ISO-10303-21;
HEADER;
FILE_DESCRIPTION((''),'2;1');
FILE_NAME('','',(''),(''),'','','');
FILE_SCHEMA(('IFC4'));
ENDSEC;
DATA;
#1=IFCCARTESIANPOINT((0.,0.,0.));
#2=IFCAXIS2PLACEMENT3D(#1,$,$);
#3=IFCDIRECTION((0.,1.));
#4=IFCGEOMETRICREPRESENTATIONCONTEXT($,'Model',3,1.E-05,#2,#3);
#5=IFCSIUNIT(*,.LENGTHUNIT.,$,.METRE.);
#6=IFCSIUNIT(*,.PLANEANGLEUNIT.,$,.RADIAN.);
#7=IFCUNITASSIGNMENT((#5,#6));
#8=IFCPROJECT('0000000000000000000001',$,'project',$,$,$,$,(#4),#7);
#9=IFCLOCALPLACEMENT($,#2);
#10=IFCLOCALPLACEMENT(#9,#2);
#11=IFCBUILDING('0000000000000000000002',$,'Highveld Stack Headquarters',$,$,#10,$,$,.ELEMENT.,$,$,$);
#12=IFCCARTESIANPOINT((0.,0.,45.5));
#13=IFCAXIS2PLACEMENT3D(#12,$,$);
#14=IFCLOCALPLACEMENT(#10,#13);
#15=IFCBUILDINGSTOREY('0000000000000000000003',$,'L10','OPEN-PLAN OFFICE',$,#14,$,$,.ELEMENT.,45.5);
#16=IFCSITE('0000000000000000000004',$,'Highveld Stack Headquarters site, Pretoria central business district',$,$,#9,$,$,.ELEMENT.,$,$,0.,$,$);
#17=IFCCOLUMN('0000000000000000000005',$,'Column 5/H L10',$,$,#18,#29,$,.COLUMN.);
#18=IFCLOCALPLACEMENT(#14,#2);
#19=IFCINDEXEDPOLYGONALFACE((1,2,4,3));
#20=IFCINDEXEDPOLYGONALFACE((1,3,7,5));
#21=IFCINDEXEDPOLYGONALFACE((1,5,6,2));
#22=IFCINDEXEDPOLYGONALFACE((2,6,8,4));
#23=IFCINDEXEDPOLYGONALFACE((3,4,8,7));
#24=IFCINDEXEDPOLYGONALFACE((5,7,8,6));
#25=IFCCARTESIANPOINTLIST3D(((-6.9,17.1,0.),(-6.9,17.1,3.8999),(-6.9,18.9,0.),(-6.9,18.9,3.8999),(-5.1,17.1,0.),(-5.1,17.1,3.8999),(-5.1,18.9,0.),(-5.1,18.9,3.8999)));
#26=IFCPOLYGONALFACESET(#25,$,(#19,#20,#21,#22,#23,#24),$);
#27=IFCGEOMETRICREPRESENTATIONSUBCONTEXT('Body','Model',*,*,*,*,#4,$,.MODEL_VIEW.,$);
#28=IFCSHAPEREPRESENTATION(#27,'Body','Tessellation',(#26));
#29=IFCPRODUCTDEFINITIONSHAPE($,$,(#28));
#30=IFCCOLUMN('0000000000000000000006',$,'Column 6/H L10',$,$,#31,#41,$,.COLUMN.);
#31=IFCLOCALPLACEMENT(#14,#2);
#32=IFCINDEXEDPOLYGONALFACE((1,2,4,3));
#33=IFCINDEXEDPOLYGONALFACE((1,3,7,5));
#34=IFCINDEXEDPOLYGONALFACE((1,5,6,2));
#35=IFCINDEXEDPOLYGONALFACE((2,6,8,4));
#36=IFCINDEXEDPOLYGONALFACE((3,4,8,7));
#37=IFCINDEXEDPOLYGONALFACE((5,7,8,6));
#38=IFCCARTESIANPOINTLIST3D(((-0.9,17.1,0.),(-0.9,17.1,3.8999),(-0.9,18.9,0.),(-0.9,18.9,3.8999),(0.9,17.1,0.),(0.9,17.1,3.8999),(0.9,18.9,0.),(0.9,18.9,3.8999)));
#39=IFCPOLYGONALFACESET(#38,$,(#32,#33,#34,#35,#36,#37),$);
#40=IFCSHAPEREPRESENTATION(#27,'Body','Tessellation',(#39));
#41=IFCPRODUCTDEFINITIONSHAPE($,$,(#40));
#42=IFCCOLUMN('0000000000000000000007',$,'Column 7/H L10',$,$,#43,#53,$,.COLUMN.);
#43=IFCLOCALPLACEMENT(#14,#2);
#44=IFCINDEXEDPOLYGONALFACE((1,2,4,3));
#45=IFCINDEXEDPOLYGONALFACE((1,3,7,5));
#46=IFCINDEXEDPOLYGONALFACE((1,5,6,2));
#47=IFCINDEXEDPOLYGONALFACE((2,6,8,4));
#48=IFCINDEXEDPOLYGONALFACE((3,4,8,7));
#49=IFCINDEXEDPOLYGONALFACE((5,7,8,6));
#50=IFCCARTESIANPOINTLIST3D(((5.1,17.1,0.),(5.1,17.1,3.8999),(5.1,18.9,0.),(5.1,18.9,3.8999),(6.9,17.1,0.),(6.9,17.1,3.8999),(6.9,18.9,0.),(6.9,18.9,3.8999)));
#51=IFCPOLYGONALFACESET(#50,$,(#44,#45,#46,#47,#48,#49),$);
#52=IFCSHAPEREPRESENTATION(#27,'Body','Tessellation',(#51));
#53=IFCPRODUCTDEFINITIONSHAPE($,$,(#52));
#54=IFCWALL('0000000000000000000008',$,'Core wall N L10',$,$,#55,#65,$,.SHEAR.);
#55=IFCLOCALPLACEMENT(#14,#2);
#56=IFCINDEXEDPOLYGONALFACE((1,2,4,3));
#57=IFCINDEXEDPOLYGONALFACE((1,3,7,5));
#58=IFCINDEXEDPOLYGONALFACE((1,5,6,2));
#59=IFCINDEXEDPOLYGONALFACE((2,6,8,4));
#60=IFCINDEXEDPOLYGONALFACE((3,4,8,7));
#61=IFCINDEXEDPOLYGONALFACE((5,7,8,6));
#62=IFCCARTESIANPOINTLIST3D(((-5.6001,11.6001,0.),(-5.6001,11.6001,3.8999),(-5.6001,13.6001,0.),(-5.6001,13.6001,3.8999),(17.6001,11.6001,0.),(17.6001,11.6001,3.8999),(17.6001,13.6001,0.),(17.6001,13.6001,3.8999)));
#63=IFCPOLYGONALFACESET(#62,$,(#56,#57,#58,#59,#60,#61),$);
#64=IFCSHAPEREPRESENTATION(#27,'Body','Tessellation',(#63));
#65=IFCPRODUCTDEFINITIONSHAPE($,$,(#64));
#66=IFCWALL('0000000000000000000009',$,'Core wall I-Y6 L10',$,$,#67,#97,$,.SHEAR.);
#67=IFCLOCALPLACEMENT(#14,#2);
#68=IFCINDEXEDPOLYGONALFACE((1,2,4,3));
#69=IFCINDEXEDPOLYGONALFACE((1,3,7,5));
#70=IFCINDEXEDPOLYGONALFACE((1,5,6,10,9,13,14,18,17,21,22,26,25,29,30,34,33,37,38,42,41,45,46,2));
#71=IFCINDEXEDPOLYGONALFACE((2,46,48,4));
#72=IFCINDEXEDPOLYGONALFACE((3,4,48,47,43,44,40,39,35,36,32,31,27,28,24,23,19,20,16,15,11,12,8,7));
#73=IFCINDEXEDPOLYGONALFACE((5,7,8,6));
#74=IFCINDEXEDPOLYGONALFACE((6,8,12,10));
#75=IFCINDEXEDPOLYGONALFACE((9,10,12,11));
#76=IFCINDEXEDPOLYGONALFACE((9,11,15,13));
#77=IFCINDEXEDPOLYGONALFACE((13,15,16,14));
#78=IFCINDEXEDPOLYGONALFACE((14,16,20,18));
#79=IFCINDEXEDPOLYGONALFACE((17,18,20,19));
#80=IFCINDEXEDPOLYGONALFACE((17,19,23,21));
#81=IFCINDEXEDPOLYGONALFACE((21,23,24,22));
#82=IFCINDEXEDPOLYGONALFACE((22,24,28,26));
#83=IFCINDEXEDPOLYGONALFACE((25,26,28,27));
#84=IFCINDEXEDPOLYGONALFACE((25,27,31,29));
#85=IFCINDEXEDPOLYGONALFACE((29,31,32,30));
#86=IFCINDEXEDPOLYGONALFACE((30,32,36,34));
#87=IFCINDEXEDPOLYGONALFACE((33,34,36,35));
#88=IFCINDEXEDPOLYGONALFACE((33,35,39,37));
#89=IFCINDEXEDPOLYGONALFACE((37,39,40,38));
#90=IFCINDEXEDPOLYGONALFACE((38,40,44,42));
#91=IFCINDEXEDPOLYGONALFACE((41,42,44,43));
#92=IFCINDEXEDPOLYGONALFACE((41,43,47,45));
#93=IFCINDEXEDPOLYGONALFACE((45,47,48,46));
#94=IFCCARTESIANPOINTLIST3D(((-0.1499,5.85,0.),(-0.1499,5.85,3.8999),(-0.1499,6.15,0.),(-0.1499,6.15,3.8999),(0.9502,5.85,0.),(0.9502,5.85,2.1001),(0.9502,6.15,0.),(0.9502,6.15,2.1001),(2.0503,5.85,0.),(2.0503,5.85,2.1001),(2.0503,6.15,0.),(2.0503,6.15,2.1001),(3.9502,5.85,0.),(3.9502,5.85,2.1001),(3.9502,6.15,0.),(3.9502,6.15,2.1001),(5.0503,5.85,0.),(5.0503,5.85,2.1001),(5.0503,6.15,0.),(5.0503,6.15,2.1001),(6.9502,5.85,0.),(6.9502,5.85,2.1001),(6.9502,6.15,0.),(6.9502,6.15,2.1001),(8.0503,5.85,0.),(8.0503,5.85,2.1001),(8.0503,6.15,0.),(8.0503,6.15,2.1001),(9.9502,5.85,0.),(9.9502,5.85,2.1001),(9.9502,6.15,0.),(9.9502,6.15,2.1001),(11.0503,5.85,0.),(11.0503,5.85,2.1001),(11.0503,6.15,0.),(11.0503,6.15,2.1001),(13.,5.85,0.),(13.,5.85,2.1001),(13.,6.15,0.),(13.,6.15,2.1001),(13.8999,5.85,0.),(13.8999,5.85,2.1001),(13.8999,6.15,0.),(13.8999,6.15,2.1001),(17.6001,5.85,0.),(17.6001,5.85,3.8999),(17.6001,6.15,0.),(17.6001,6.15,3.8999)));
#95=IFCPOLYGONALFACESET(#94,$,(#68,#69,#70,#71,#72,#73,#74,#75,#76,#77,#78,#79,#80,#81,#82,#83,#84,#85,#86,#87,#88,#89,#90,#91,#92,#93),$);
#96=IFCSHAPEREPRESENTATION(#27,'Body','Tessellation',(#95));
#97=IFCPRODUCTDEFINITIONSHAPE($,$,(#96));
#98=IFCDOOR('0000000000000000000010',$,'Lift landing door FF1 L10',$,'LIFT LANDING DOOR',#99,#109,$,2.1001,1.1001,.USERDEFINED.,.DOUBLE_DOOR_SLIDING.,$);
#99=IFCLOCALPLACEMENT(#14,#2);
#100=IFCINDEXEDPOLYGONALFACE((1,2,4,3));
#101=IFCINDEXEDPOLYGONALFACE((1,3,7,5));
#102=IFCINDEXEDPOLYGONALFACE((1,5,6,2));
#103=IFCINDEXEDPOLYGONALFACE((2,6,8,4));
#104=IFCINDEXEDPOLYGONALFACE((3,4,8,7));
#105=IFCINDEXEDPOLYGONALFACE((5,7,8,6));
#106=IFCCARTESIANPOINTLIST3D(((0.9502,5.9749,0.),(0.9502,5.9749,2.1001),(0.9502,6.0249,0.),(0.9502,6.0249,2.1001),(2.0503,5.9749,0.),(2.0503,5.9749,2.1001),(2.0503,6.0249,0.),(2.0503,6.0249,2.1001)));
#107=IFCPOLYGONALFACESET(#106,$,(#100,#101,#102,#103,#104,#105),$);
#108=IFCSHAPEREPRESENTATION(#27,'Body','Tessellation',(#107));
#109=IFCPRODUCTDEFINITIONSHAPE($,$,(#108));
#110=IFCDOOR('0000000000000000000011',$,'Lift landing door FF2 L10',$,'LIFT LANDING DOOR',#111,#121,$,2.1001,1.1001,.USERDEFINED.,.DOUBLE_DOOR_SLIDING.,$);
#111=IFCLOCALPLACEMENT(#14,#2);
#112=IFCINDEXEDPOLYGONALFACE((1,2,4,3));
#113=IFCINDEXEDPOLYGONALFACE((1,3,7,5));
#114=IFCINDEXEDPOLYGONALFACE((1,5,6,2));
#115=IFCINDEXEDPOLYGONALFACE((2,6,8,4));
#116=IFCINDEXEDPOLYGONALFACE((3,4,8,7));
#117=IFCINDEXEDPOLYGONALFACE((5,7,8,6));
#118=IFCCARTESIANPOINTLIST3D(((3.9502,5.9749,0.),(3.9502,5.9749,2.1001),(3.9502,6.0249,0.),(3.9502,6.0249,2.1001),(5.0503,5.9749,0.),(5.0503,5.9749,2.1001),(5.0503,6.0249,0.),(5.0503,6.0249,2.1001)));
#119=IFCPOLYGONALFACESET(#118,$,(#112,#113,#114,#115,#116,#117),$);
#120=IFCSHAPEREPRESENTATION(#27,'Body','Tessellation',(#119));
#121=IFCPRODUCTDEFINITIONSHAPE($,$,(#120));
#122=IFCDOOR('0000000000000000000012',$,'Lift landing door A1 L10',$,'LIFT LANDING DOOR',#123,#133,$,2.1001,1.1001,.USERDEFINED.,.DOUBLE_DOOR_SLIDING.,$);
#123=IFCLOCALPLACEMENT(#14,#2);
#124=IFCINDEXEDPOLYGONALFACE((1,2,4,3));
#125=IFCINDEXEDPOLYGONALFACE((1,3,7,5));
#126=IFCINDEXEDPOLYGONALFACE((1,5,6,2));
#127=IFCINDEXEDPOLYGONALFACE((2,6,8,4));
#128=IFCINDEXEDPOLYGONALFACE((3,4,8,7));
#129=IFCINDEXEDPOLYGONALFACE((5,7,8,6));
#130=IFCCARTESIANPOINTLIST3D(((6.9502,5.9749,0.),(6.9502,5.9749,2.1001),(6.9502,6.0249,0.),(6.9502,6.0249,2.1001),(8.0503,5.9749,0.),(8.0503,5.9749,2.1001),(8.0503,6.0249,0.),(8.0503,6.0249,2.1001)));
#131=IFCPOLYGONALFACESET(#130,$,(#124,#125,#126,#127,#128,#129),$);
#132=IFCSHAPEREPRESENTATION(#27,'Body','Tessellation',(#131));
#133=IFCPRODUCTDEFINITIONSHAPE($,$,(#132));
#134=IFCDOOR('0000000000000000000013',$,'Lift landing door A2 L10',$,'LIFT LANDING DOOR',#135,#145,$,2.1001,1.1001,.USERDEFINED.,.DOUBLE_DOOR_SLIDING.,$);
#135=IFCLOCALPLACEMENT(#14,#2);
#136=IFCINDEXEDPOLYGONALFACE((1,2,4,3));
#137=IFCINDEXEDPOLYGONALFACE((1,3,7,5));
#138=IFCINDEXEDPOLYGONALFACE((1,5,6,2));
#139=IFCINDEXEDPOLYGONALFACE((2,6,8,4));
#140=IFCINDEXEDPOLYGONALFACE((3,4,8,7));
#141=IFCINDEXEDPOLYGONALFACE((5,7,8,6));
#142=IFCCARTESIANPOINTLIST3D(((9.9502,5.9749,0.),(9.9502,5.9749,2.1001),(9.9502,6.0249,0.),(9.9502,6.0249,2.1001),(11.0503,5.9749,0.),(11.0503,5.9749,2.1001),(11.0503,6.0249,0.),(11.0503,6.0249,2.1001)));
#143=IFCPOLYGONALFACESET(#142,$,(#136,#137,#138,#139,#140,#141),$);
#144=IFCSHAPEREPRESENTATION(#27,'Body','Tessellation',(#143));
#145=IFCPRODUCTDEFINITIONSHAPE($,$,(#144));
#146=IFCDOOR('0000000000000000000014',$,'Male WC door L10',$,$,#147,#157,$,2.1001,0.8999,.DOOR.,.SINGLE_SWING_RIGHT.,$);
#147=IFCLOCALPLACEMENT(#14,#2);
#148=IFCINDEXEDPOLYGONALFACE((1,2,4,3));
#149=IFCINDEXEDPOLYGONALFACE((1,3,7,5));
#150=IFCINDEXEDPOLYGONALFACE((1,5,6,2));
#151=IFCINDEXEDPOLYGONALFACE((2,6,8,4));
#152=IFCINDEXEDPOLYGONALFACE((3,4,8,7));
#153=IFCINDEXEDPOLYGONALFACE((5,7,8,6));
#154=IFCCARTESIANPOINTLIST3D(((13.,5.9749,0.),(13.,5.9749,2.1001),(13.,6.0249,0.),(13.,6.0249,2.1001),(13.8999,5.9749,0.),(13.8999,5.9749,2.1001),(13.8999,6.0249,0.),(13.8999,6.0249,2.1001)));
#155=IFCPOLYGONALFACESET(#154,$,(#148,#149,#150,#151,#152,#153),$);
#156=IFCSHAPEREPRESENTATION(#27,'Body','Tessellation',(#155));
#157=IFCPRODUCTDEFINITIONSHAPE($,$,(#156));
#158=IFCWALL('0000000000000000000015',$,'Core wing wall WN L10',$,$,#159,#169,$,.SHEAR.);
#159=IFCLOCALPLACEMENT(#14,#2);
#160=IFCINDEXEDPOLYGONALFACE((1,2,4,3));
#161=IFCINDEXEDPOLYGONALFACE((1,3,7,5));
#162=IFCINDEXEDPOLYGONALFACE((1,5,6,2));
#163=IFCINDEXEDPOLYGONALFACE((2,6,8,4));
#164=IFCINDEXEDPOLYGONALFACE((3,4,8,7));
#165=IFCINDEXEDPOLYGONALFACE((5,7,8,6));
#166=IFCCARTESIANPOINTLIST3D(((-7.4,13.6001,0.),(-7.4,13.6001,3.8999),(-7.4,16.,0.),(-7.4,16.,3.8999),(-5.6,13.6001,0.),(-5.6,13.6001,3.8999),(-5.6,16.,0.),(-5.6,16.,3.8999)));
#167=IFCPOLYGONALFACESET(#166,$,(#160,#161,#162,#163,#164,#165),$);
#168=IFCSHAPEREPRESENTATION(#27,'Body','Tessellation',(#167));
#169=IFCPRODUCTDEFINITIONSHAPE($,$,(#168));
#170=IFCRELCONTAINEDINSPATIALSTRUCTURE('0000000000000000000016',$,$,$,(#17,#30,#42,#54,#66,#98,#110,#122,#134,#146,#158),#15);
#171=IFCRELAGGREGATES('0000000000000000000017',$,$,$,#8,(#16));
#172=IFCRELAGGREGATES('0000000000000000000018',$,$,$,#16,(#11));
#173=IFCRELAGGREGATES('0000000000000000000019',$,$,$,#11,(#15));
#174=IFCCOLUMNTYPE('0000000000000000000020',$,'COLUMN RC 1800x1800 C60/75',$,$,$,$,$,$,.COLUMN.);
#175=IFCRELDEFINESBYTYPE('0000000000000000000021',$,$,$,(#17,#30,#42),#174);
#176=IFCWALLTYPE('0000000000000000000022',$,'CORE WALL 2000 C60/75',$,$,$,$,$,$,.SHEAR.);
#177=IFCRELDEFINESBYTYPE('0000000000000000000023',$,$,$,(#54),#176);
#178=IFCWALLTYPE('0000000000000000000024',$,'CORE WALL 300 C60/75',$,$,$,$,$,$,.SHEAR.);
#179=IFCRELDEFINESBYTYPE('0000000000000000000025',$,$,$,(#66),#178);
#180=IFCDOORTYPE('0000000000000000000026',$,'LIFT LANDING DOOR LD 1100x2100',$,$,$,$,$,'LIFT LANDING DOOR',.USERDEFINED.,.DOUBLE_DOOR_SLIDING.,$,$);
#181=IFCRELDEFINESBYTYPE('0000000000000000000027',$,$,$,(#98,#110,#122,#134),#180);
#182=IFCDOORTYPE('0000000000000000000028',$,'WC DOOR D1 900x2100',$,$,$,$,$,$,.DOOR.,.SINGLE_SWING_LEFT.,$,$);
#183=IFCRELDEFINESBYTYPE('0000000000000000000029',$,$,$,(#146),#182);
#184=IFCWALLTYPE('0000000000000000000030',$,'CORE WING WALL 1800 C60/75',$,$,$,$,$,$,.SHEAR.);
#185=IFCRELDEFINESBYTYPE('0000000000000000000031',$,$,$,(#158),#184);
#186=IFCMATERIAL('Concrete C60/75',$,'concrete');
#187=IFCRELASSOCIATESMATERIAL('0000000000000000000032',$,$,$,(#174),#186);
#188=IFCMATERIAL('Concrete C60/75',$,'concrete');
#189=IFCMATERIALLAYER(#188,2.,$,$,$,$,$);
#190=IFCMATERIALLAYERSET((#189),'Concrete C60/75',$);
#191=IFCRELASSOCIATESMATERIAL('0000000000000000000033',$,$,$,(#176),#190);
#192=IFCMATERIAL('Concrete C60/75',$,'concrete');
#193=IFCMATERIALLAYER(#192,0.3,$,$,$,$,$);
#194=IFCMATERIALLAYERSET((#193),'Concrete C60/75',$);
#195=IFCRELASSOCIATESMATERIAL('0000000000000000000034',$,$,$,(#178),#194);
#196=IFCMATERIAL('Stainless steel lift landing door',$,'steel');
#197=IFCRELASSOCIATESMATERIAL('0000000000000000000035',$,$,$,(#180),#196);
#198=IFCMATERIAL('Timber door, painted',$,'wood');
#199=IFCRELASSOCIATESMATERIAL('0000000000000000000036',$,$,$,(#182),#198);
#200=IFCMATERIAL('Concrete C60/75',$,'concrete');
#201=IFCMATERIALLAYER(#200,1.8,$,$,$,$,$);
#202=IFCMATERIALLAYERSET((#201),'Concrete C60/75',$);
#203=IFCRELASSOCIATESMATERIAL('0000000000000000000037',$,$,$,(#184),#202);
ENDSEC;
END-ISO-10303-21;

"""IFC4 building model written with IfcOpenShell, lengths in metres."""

from ifc_helpers import new_model, si_unit, direction, frame, frame_2d, origin, origin_2d, place, context, subcontext, project, spatial, rectangle, extrude, material, layer, layer_set, material_profile, profile_set, type_object, element, fill, save


model = new_model("IFC4")

# Units and contexts
model_context = context("Model", 3, precision=1e-05, world=origin(), true_north=direction((0.0, 1.0)))
body_context = subcontext(model_context, "Body", "Model", "MODEL_VIEW")
ifc_project = project(units=[si_unit("LENGTHUNIT", "METRE"), si_unit("PLANEANGLEUNIT", "RADIAN")], contexts=[model_context])

# Site, building, storey
site_placement = place(None, origin())
site = spatial("IfcSite", under=ifc_project, at=site_placement, Name="Highveld Stack Headquarters site, Pretoria central business district", CompositionType="ELEMENT", RefElevation=0.0)
building_placement = place(site_placement, origin())
building = spatial("IfcBuilding", under=site, at=building_placement, Name="Highveld Stack Headquarters", CompositionType="ELEMENT")
storey_placement = place(building_placement, frame((0.0, 0.0, 45.5)))
storey = spatial("IfcBuildingStorey", under=building, at=storey_placement, Name="L10", Description="OPEN-PLAN OFFICE", CompositionType="ELEMENT", Elevation=45.5)

# Columns
ifc_material_1 = material(Name="Concrete C60/75", Category="concrete")
ifc_material_profile = material_profile(ifc_material_1, rectangle(XDim=1.8, YDim=1.8, at=origin_2d()), Name="RC 1800x1800")
ifc_profile_set = profile_set([ifc_material_profile], Name="Concrete C60/75")
column_type = type_object("IfcColumnType", Name="COLUMN RC 1800x1800 C60/75", PredefinedType="COLUMN", material=ifc_profile_set)
for number, where, z_axis, x_axis, name in (
    (1, (-6.0, 18.0, 0.0), (0.0, 0.0, 1.0), (1.0, 0.0, 0.0), "Column 5/H L10"),
    (2, (0.0, 18.0, 0.0), (0.0, 0.0, 1.0), (1.0, 0.0, 0.0), "Column 6/H L10"),
    (3, (6.0, 18.0, 0.0), (0.0, 0.0, 1.0), (1.0, 0.0, 0.0), "Column 7/H L10"),
):
    element("IfcColumn", number, at=place(storey_placement, frame(where, z_axis=z_axis, x_axis=x_axis)), inside=storey, type_object=column_type, Name=name, PredefinedType="COLUMN", context=body_context, shape_type="SweptSolid", body=[
        extrude(rectangle(XDim=1.8, YDim=1.8, at=origin_2d()), origin(), (0.0, 0.0, 1.0), 3.8999),
    ])

# Wall
ifc_material_2 = material(Name="Concrete C60/75", Category="concrete")
ifc_layer_1 = layer(ifc_material_2, 2.0)
ifc_layer_set_1 = layer_set([ifc_layer_1], Name="Concrete C60/75")
wall_type_1 = type_object("IfcWallType", Name="CORE WALL 2000 C60/75", PredefinedType="SHEAR", material=ifc_layer_set_1)
wall_1_placement = place(storey_placement, frame((-5.6001, 12.6001, 0.0), z_axis=(0.0, 0.0, 1.0), x_axis=(1.0, 0.0, 0.0)))
element("IfcWall", 4, at=wall_1_placement, inside=storey, type_object=wall_type_1, Name="Core wall N L10", PredefinedType="SHEAR", context=body_context, shape_type="SweptSolid", body=[
    extrude(rectangle(XDim=23.2002, YDim=2.0, at=frame_2d((11.6001, 0.0))), origin(), (0.0, 0.0, 1.0), 3.8999),
])

# Wall, openings, doors
ifc_material_3 = material(Name="Concrete C60/75", Category="concrete")
ifc_layer_2 = layer(ifc_material_3, 0.3)
ifc_layer_set_2 = layer_set([ifc_layer_2], Name="Concrete C60/75")
wall_type_2 = type_object("IfcWallType", Name="CORE WALL 300 C60/75", PredefinedType="SHEAR", material=ifc_layer_set_2)
wall_2_placement = place(storey_placement, frame((-0.1499, 6.0, 0.0), z_axis=(0.0, 0.0, 1.0), x_axis=(1.0, 0.0, 0.0)))
wall_2 = element("IfcWall", 5, at=wall_2_placement, inside=storey, type_object=wall_type_2, Name="Core wall I-Y6 L10", PredefinedType="SHEAR", context=body_context, shape_type="SweptSolid", body=[
    extrude(rectangle(XDim=17.75, YDim=0.3, at=frame_2d((8.875, 0.0))), origin(), (0.0, 0.0, 1.0), 3.8999),
])
opening_1_placement = place(wall_2_placement, frame((13.1499, 0.0, 0.0)))
opening_1 = element("IfcOpeningElement", 6, at=opening_1_placement, cuts=wall_2, PredefinedType="OPENING", context=body_context, shape_type="SweptSolid", body=[
    extrude(rectangle(XDim=0.8999, YDim=2.1001, at=frame_2d((0.45, 1.05))), frame((0.0, 0.1599, 0.0), z_axis=(0.0, -1.0, 0.0), x_axis=(1.0, 0.0, 0.0)), (0.0, 0.0, 1.0), 0.3201),
])
opening_2_placement = place(wall_2_placement, frame((1.1001, 0.0, 0.0)))
opening_2 = element("IfcOpeningElement", 7, at=opening_2_placement, cuts=wall_2, PredefinedType="OPENING", context=body_context, shape_type="SweptSolid", body=[
    extrude(rectangle(XDim=1.1001, YDim=2.1001, at=frame_2d((0.55, 1.05))), frame((0.0, 0.1599, 0.0), z_axis=(0.0, -1.0, 0.0), x_axis=(1.0, 0.0, 0.0)), (0.0, 0.0, 1.0), 0.3201),
])
opening_3_placement = place(wall_2_placement, frame((4.1001, 0.0, 0.0)))
opening_3 = element("IfcOpeningElement", 8, at=opening_3_placement, cuts=wall_2, PredefinedType="OPENING", context=body_context, shape_type="SweptSolid", body=[
    extrude(rectangle(XDim=1.1001, YDim=2.1001, at=frame_2d((0.55, 1.05))), frame((0.0, 0.1599, 0.0), z_axis=(0.0, -1.0, 0.0), x_axis=(1.0, 0.0, 0.0)), (0.0, 0.0, 1.0), 0.3201),
])
opening_4_placement = place(wall_2_placement, frame((7.1001, 0.0, 0.0)))
opening_4 = element("IfcOpeningElement", 9, at=opening_4_placement, cuts=wall_2, PredefinedType="OPENING", context=body_context, shape_type="SweptSolid", body=[
    extrude(rectangle(XDim=1.1001, YDim=2.1001, at=frame_2d((0.55, 1.05))), frame((0.0, 0.1599, 0.0), z_axis=(0.0, -1.0, 0.0), x_axis=(1.0, 0.0, 0.0)), (0.0, 0.0, 1.0), 0.3201),
])
opening_5_placement = place(wall_2_placement, frame((10.1001, 0.0, 0.0)))
opening_5 = element("IfcOpeningElement", 10, at=opening_5_placement, cuts=wall_2, PredefinedType="OPENING", context=body_context, shape_type="SweptSolid", body=[
    extrude(rectangle(XDim=1.1001, YDim=2.1001, at=frame_2d((0.55, 1.05))), frame((0.0, 0.1599, 0.0), z_axis=(0.0, -1.0, 0.0), x_axis=(1.0, 0.0, 0.0)), (0.0, 0.0, 1.0), 0.3201),
])
ifc_material_4 = material(Name="Stainless steel lift landing door", Category="steel")
door_type_1 = type_object("IfcDoorType", Name="LIFT LANDING DOOR LD 1100x2100", ElementType="LIFT LANDING DOOR", OperationType="DOUBLE_DOOR_SLIDING", PredefinedType="USERDEFINED", material=ifc_material_4)
door_1_placement = place(opening_2_placement, origin())
door_1 = element("IfcDoor", 11, at=door_1_placement, inside=storey, type_object=door_type_1, Name="Lift landing door FF1 L10", ObjectType="LIFT LANDING DOOR", OperationType="DOUBLE_DOOR_SLIDING", OverallHeight=2.1001, OverallWidth=1.1001, PredefinedType="USERDEFINED", context=body_context, shape_type="SweptSolid", body=[
    extrude(rectangle(XDim=1.1001, YDim=2.1001, at=frame_2d((0.55, 1.05))), frame((0.0, 0.0249, 0.0), z_axis=(0.0, -1.0, 0.0), x_axis=(1.0, 0.0, 0.0)), (0.0, 0.0, 1.0), 0.05),
])
fill(opening_2, door_1)
door_2_placement = place(opening_3_placement, origin())
door_2 = element("IfcDoor", 12, at=door_2_placement, inside=storey, type_object=door_type_1, Name="Lift landing door FF2 L10", ObjectType="LIFT LANDING DOOR", OperationType="DOUBLE_DOOR_SLIDING", OverallHeight=2.1001, OverallWidth=1.1001, PredefinedType="USERDEFINED", context=body_context, shape_type="SweptSolid", body=[
    extrude(rectangle(XDim=1.1001, YDim=2.1001, at=frame_2d((0.55, 1.05))), frame((0.0, 0.0249, 0.0), z_axis=(0.0, -1.0, 0.0), x_axis=(1.0, 0.0, 0.0)), (0.0, 0.0, 1.0), 0.05),
])
fill(opening_3, door_2)
door_3_placement = place(opening_4_placement, origin())
door_3 = element("IfcDoor", 13, at=door_3_placement, inside=storey, type_object=door_type_1, Name="Lift landing door A1 L10", ObjectType="LIFT LANDING DOOR", OperationType="DOUBLE_DOOR_SLIDING", OverallHeight=2.1001, OverallWidth=1.1001, PredefinedType="USERDEFINED", context=body_context, shape_type="SweptSolid", body=[
    extrude(rectangle(XDim=1.1001, YDim=2.1001, at=frame_2d((0.55, 1.05))), frame((0.0, 0.0249, 0.0), z_axis=(0.0, -1.0, 0.0), x_axis=(1.0, 0.0, 0.0)), (0.0, 0.0, 1.0), 0.05),
])
fill(opening_4, door_3)
door_4_placement = place(opening_5_placement, origin())
door_4 = element("IfcDoor", 14, at=door_4_placement, inside=storey, type_object=door_type_1, Name="Lift landing door A2 L10", ObjectType="LIFT LANDING DOOR", OperationType="DOUBLE_DOOR_SLIDING", OverallHeight=2.1001, OverallWidth=1.1001, PredefinedType="USERDEFINED", context=body_context, shape_type="SweptSolid", body=[
    extrude(rectangle(XDim=1.1001, YDim=2.1001, at=frame_2d((0.55, 1.05))), frame((0.0, 0.0249, 0.0), z_axis=(0.0, -1.0, 0.0), x_axis=(1.0, 0.0, 0.0)), (0.0, 0.0, 1.0), 0.05),
])
fill(opening_5, door_4)
ifc_material_5 = material(Name="Timber door, painted", Category="wood")
door_type_2 = type_object("IfcDoorType", Name="WC DOOR D1 900x2100", OperationType="SINGLE_SWING_LEFT", PredefinedType="DOOR", material=ifc_material_5)
door_5_placement = place(opening_1_placement, origin())
door_5 = element("IfcDoor", 15, at=door_5_placement, inside=storey, type_object=door_type_2, Name="Male WC door L10", OperationType="SINGLE_SWING_RIGHT", OverallHeight=2.1001, OverallWidth=0.8999, PredefinedType="DOOR", context=body_context, shape_type="SweptSolid", body=[
    extrude(rectangle(XDim=0.8999, YDim=2.1001, at=frame_2d((0.45, 1.05))), frame((0.0, 0.0249, 0.0), z_axis=(0.0, -1.0, 0.0), x_axis=(1.0, 0.0, 0.0)), (0.0, 0.0, 1.0), 0.05),
])
fill(opening_1, door_5)

# Wall
ifc_material_6 = material(Name="Concrete C60/75", Category="concrete")
ifc_layer_3 = layer(ifc_material_6, 1.8)
ifc_layer_set_3 = layer_set([ifc_layer_3], Name="Concrete C60/75")
wall_type_3 = type_object("IfcWallType", Name="CORE WING WALL 1800 C60/75", PredefinedType="SHEAR", material=ifc_layer_set_3)
wall_3_placement = place(storey_placement, frame((-6.5, 13.6001, 0.0), z_axis=(0.0, 0.0, 1.0), x_axis=(0.0, 1.0, 0.0)))
element("IfcWall", 16, at=wall_3_placement, inside=storey, type_object=wall_type_3, Name="Core wing wall WN L10", PredefinedType="SHEAR", context=body_context, shape_type="SweptSolid", body=[
    extrude(rectangle(XDim=2.3999, YDim=1.8, at=frame_2d((1.2, 0.0))), origin(), (0.0, 0.0, 1.0), 3.8999),
])

save(model, "model.ifc")
